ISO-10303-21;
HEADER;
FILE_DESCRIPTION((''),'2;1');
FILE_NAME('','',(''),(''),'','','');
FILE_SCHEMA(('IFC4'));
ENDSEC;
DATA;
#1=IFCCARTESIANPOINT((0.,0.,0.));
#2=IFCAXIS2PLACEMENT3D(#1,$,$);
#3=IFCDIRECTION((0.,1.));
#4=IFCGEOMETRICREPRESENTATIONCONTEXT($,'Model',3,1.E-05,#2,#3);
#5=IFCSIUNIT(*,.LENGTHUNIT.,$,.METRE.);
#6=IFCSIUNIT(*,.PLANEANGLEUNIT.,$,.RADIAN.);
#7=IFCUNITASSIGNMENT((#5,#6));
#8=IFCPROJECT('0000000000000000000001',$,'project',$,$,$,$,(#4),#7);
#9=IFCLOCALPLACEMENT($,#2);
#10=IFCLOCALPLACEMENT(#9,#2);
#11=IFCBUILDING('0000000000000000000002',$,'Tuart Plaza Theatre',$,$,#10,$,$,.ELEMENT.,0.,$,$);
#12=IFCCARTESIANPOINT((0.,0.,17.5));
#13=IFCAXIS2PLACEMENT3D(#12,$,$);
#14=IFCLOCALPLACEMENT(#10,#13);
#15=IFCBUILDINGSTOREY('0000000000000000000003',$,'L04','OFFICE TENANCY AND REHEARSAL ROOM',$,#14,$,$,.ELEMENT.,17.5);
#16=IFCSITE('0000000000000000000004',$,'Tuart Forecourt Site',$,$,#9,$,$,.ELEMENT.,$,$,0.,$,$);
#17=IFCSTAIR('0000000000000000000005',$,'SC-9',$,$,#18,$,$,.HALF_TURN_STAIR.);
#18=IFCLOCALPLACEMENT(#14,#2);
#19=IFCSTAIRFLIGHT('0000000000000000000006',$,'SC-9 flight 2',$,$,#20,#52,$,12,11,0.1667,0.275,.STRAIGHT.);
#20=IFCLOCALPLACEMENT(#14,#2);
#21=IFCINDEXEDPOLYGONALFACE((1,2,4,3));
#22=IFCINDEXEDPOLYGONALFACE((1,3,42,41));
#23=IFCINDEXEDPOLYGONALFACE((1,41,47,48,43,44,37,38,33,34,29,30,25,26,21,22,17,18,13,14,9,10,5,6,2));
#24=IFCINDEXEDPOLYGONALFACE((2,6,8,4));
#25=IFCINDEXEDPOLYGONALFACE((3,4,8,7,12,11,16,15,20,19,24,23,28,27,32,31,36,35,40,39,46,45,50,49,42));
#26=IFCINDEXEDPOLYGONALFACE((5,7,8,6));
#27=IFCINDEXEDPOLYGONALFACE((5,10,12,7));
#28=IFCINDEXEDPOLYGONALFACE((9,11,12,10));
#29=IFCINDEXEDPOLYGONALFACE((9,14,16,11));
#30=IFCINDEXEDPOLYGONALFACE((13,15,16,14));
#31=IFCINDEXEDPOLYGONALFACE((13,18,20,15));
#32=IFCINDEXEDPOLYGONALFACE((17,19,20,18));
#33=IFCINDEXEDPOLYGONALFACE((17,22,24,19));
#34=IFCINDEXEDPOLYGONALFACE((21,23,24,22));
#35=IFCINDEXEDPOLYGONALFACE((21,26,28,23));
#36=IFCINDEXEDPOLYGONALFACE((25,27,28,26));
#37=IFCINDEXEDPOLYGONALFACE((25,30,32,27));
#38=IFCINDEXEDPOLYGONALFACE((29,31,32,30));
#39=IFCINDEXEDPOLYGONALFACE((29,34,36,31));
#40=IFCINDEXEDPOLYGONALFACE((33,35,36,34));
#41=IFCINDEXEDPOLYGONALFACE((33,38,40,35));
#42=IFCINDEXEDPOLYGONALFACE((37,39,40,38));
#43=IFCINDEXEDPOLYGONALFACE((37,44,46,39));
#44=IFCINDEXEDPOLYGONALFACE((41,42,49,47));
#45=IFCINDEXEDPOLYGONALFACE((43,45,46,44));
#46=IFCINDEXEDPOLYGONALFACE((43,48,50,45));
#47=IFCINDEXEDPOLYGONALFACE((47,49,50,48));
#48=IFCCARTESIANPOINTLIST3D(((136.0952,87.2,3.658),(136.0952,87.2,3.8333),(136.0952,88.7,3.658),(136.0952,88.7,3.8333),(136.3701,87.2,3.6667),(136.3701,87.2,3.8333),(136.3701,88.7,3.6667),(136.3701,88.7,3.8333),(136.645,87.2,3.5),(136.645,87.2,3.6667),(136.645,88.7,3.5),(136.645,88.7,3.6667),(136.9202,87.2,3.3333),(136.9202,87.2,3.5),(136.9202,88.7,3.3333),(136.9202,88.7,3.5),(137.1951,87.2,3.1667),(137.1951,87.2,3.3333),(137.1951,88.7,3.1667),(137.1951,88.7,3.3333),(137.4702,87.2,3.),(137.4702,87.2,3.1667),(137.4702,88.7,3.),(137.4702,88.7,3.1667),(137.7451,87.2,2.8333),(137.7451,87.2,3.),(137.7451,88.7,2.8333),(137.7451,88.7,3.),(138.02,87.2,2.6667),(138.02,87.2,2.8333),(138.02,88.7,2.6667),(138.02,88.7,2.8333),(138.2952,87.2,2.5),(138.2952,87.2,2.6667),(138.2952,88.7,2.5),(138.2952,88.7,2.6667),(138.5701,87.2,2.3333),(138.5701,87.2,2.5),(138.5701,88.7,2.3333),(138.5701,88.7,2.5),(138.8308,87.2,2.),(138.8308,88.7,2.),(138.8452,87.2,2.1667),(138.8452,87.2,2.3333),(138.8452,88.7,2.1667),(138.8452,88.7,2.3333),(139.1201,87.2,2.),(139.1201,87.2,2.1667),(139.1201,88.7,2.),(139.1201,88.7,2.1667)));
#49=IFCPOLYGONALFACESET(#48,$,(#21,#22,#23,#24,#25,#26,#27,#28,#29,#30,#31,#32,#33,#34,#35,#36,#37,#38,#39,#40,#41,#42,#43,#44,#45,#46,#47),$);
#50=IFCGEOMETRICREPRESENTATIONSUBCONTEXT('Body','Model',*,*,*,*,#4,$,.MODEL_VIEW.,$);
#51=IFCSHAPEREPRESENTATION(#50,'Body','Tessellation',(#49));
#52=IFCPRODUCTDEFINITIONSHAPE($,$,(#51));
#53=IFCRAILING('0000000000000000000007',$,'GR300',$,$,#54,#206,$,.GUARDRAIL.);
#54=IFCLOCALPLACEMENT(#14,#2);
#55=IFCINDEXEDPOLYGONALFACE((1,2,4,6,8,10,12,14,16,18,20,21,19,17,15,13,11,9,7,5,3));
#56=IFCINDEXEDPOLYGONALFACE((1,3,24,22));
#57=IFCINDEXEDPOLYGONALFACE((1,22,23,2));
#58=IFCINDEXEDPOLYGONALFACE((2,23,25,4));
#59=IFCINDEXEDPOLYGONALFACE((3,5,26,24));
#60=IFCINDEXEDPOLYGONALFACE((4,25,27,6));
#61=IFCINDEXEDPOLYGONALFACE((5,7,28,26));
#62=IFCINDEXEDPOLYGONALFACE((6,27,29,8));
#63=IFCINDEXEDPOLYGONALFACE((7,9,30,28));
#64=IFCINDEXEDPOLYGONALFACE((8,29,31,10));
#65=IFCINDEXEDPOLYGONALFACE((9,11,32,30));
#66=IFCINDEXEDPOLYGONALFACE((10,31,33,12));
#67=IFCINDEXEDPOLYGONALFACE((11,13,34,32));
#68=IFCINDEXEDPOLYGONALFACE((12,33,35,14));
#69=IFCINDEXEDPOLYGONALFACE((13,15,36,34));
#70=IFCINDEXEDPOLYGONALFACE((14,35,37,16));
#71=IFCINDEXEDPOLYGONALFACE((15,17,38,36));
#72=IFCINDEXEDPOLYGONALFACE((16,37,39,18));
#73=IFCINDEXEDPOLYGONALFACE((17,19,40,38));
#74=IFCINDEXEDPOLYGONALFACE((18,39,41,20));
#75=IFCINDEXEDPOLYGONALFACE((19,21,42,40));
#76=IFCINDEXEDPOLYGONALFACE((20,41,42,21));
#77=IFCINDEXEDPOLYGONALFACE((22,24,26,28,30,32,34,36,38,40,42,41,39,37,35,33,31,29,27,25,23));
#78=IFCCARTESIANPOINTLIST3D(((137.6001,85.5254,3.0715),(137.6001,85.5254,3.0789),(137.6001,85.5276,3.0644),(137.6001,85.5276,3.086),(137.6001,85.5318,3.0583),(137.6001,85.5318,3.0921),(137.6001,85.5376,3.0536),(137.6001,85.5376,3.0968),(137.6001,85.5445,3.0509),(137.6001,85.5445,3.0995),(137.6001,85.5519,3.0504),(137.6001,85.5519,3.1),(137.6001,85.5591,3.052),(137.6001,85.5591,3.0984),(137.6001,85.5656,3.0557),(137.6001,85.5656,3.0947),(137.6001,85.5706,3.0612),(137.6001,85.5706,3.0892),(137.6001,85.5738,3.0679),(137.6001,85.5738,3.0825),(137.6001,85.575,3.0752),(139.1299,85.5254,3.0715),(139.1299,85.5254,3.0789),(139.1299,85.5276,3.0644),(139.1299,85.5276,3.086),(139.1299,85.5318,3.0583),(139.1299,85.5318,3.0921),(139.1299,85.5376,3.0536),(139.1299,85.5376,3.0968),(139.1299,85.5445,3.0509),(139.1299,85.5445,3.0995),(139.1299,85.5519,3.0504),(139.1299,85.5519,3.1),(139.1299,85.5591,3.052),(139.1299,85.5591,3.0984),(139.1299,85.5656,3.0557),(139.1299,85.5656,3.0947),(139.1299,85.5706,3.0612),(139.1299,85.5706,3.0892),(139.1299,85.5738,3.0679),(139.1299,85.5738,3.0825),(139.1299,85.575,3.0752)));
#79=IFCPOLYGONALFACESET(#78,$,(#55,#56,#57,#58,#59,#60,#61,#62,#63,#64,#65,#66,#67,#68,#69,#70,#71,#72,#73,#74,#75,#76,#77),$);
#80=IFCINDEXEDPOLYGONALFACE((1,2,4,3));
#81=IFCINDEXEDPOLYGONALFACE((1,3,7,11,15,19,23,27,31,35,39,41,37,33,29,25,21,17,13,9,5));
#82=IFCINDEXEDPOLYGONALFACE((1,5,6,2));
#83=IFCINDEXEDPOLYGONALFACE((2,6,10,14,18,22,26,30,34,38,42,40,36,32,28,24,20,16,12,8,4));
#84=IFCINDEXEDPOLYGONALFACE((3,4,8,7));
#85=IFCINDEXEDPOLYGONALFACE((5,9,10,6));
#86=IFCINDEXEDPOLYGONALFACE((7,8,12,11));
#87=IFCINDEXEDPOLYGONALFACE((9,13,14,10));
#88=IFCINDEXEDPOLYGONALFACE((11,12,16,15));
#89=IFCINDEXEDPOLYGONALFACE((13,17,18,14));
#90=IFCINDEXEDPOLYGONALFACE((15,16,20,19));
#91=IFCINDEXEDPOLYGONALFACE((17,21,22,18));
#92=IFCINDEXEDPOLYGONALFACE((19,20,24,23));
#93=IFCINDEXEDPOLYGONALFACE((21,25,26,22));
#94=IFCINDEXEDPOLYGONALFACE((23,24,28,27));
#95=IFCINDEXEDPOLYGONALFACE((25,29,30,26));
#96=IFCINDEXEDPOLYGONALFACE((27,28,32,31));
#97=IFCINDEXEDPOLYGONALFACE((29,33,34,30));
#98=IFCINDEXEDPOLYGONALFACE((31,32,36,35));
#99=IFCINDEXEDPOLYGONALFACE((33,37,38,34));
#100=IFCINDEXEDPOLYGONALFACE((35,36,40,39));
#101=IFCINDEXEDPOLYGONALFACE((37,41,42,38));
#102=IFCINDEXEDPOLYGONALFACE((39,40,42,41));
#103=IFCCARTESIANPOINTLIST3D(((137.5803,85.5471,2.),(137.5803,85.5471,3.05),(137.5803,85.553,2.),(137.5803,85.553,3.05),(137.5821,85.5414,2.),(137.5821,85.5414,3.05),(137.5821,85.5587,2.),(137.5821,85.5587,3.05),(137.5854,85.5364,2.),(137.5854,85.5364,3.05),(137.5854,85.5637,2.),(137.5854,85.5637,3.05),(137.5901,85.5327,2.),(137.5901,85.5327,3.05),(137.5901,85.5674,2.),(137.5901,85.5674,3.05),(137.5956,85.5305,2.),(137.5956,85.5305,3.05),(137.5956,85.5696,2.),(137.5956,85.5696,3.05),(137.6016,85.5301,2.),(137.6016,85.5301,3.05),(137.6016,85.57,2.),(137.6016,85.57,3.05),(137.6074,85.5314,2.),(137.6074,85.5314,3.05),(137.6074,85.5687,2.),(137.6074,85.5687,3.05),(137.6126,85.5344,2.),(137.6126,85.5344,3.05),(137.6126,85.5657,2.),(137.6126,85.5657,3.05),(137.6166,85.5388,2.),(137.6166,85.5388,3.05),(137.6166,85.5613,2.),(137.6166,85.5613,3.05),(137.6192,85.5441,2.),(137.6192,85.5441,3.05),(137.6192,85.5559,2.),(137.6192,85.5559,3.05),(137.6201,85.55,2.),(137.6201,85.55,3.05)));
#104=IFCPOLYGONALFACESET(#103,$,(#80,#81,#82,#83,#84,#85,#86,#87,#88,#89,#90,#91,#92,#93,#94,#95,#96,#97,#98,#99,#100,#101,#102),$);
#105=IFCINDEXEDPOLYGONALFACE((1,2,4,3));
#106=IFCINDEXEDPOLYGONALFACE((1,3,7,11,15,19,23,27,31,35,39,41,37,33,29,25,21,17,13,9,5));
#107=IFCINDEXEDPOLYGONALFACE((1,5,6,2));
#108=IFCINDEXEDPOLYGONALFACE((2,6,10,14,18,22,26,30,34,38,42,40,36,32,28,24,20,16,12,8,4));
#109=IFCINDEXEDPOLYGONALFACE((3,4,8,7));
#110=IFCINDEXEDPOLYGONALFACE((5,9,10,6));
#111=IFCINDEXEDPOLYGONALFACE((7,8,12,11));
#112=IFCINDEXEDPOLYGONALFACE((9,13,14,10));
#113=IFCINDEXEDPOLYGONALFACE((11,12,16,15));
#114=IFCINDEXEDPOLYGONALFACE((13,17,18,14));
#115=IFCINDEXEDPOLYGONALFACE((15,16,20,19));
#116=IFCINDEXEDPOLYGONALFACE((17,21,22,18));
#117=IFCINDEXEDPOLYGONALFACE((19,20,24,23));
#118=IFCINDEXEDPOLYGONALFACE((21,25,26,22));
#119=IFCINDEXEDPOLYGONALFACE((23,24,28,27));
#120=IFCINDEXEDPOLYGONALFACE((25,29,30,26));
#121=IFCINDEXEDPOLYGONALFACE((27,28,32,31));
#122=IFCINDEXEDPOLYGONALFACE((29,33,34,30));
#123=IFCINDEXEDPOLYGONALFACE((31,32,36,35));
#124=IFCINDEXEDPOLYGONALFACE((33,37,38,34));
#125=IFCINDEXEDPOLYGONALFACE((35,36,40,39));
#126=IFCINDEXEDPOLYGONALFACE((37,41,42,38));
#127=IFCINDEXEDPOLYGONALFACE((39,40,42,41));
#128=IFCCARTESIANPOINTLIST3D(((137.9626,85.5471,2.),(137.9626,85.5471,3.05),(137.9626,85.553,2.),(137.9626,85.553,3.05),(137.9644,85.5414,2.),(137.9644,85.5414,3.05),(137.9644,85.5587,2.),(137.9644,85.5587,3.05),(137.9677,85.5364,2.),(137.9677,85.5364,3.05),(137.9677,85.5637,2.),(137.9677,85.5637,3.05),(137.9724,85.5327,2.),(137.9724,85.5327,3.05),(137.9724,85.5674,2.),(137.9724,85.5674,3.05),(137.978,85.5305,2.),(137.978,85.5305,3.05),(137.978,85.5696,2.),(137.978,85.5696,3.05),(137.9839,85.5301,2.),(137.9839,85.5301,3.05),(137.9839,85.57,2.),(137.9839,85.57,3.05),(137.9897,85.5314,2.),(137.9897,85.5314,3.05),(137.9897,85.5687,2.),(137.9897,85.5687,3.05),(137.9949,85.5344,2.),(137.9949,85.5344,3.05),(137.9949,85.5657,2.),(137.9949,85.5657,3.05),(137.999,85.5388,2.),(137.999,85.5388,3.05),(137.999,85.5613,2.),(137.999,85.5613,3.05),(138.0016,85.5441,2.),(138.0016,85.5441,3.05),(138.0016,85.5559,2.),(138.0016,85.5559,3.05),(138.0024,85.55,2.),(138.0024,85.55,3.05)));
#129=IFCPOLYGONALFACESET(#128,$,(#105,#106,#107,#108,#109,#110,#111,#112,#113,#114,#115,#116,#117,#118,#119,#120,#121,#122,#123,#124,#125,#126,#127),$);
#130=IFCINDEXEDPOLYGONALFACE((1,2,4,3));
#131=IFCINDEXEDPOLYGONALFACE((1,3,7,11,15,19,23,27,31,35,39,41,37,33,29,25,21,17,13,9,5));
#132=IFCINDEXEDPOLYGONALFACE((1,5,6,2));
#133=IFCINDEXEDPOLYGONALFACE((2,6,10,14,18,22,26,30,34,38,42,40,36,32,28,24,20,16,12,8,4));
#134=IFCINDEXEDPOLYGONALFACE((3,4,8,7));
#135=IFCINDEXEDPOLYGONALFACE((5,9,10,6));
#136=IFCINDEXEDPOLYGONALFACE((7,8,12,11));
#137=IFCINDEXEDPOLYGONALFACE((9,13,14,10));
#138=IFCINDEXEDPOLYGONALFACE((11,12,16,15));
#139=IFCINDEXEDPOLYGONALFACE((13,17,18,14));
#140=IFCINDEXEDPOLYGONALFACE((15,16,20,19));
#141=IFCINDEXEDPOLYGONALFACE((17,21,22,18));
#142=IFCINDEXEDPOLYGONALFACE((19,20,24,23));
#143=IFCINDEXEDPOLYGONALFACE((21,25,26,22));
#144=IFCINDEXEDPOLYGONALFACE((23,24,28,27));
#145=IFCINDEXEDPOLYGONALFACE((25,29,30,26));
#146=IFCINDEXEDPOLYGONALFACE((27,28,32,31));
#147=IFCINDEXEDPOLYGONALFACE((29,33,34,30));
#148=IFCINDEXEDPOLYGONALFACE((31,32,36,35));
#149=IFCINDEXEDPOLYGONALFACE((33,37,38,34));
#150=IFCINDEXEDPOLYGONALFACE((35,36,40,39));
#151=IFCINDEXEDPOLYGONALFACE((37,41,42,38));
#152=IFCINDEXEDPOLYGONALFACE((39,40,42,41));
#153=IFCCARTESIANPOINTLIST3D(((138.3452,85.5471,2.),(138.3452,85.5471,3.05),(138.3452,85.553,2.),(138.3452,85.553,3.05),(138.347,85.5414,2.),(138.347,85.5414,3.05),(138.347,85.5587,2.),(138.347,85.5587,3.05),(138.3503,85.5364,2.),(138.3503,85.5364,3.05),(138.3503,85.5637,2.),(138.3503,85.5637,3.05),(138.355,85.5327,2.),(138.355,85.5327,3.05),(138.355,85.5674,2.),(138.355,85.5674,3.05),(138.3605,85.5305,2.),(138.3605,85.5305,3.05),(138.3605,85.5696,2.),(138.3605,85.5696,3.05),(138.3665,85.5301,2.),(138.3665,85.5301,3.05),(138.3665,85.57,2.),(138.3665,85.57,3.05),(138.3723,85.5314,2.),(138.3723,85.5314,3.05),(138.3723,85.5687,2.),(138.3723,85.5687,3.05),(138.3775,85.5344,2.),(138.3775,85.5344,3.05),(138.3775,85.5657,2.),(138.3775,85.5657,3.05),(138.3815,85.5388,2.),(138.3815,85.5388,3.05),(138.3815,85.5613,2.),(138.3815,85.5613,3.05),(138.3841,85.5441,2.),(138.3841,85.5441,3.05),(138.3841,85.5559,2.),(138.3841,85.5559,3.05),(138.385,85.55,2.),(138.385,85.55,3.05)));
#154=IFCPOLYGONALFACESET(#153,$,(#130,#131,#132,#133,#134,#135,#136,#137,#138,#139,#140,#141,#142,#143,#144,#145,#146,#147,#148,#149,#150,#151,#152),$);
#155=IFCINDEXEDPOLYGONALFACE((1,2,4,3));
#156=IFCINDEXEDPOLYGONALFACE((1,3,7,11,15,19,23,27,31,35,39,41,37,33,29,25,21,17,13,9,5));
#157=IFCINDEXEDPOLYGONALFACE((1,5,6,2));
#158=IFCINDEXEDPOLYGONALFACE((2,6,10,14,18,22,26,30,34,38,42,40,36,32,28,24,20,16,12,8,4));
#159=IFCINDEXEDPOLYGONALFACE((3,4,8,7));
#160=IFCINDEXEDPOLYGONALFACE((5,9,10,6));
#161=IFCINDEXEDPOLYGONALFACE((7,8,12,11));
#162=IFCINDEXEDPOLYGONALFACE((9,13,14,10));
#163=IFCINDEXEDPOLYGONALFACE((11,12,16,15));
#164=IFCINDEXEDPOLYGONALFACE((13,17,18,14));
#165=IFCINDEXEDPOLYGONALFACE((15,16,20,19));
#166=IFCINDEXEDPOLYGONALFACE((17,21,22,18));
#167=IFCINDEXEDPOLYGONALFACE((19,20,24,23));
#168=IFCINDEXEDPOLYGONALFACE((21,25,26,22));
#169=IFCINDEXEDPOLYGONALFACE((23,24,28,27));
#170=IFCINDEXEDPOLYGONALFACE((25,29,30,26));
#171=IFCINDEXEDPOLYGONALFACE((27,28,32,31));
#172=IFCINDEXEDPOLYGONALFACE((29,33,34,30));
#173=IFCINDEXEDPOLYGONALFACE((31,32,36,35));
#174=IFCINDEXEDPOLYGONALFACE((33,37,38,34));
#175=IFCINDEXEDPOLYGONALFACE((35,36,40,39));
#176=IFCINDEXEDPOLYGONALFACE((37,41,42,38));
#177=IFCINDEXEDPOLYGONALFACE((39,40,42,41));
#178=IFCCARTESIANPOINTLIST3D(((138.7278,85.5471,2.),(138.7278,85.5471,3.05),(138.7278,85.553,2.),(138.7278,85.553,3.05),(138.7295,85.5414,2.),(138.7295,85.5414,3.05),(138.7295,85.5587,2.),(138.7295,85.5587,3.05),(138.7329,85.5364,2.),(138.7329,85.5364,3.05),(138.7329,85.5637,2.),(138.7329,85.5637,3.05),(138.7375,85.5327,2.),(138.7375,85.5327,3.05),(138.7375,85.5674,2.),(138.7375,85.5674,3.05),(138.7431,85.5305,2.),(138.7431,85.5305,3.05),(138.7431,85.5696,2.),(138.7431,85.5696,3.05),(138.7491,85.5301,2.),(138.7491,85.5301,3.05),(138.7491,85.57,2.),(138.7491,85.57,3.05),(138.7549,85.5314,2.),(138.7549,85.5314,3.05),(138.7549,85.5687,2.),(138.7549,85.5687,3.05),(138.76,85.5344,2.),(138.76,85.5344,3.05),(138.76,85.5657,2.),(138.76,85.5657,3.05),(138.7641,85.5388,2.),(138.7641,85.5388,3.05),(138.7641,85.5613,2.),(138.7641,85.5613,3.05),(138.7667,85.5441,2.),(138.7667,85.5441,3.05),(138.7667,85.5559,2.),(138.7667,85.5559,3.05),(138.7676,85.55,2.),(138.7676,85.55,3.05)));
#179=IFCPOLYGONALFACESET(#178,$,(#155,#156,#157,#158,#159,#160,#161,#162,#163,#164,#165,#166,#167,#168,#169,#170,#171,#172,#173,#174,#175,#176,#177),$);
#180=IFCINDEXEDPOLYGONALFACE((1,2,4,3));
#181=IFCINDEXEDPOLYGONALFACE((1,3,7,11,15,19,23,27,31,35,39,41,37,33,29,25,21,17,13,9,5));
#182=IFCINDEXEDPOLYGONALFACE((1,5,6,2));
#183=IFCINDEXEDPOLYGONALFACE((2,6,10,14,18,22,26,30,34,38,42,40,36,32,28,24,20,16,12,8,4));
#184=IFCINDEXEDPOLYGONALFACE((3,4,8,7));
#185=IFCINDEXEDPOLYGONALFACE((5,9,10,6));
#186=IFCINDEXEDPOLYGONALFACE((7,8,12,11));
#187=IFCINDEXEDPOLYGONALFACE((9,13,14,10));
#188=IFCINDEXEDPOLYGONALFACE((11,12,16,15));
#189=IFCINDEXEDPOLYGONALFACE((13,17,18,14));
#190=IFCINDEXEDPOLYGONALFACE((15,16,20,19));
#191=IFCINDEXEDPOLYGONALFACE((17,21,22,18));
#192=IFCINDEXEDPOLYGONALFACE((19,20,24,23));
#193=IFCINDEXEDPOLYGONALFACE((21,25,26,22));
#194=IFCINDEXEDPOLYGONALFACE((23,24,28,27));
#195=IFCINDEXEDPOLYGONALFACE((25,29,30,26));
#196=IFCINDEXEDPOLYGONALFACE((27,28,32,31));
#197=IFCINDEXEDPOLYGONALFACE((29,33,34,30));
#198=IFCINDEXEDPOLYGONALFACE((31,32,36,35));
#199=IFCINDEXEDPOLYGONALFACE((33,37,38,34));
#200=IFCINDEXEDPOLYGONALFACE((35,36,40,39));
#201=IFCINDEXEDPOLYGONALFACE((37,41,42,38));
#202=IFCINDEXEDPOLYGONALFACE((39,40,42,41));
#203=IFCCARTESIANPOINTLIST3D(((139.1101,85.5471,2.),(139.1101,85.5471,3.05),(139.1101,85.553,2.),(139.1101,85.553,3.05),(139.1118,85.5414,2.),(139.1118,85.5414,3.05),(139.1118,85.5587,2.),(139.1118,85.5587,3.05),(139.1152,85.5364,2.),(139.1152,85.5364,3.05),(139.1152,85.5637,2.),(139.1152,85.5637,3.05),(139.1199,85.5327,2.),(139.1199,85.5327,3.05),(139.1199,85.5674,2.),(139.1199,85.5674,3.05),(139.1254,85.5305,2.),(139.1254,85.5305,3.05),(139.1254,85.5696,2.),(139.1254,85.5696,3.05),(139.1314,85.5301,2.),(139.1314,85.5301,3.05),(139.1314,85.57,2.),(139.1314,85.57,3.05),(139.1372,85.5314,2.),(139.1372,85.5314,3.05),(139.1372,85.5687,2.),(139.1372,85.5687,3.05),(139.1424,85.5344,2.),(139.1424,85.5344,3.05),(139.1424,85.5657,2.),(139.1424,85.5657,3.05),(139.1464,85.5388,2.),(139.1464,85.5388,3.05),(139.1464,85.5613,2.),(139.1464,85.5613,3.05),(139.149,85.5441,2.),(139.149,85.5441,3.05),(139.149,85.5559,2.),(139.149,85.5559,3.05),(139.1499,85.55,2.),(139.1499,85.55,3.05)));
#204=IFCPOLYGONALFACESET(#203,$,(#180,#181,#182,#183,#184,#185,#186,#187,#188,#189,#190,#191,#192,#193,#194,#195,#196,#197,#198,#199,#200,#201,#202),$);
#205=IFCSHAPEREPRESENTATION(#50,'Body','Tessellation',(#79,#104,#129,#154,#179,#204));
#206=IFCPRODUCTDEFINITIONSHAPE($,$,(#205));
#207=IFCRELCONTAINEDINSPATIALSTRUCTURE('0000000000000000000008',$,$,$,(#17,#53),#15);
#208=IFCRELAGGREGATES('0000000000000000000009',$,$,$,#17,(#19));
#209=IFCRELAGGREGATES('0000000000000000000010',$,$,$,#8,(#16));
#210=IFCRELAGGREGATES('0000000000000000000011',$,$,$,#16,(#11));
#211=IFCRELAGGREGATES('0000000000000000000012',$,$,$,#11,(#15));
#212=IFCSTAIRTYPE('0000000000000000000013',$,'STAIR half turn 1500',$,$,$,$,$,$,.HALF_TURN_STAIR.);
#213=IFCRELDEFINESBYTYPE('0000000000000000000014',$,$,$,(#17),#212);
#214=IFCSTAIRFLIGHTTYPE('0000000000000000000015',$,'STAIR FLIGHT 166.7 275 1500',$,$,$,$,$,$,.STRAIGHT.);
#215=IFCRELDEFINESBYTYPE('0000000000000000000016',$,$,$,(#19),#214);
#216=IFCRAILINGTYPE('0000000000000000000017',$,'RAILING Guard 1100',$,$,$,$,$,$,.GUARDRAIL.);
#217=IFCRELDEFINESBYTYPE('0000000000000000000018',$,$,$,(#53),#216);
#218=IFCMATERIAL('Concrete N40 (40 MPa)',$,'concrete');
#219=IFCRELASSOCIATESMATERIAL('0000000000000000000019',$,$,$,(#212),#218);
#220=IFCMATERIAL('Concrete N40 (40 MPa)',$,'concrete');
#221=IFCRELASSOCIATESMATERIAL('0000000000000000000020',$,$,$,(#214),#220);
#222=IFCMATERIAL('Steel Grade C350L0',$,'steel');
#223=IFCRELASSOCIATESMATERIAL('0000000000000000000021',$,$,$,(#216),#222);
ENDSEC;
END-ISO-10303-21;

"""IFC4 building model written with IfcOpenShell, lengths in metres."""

from ifc_helpers import new_model, si_unit, direction, frame, origin, origin_2d, place, context, subcontext, project, spatial, polyline, circle, outline, extrude, material, type_object, element, aggregate, save


model = new_model("IFC4")

# Units and contexts
model_context = context("Model", 3, precision=1e-05, world=origin(), true_north=direction((0.0, 1.0)))
body_context = subcontext(model_context, "Body", "Model", "MODEL_VIEW")
ifc_project = project(units=[si_unit("LENGTHUNIT", "METRE"), si_unit("PLANEANGLEUNIT", "RADIAN")], contexts=[model_context])

# Site, building, storey
site_placement = place(None, origin())
site = spatial("IfcSite", under=ifc_project, at=site_placement, Name="Tuart Forecourt Site", CompositionType="ELEMENT", RefElevation=0.0)
building_placement = place(site_placement, origin())
building = spatial("IfcBuilding", under=site, at=building_placement, Name="Tuart Plaza Theatre", CompositionType="ELEMENT", ElevationOfRefHeight=0.0)
storey_placement = place(building_placement, frame((0.0, 0.0, 17.5)))
storey = spatial("IfcBuildingStorey", under=building, at=storey_placement, Name="L04", Description="OFFICE TENANCY AND REHEARSAL ROOM", CompositionType="ELEMENT", Elevation=17.5)

# Stair, stair flight
ifc_material_1 = material(Name="Concrete N40 (40 MPa)", Category="concrete")
stair_type = type_object("IfcStairType", Name="STAIR half turn 1500", PredefinedType="HALF_TURN_STAIR", material=ifc_material_1)
stair_placement = place(storey_placement, origin())
stair = element("IfcStair", 1, at=stair_placement, inside=storey, type_object=stair_type, Name="SC-9", PredefinedType="HALF_TURN_STAIR")
ifc_material_2 = material(Name="Concrete N40 (40 MPa)", Category="concrete")
stair_flight_type = type_object("IfcStairFlightType", Name="STAIR FLIGHT 166.7 275 1500", PredefinedType="STRAIGHT", material=ifc_material_2)
stair_flight_placement = place(storey_placement, frame((139.1201, 87.95, 2.0), z_axis=(0.0, 0.0, 1.0), x_axis=(-1.0, 0.0, 0.0)))
stair_flight = element("IfcStairFlight", 2, at=stair_flight_placement, type_object=stair_flight_type, Name="SC-9 flight 2", NumberOfRisers=12, NumberOfTreads=11, PredefinedType="STRAIGHT", RiserHeight=0.1667, TreadLength=0.275, context=body_context, shape_type="SweptSolid", body=[
    extrude(outline(polyline([(0.0, 0.0), (0.0, 0.1667), (0.2749, 0.1667), (0.2749, 0.3333), (0.55, 0.3333), (0.55, 0.5), (0.825, 0.5), (0.825, 0.6667), (1.1001, 0.6667), (1.1001, 0.8333), (1.375, 0.8333), (1.375, 1.0), (1.6499, 1.0), (1.6499, 1.1667), (1.925, 1.1667), (1.925, 1.3333), (2.2, 1.3333), (2.2, 1.5), (2.4751, 1.5), (2.4751, 1.6667), (2.75, 1.6667), (2.75, 1.8333), (3.0249, 1.8333), (3.0249, 2.0), (3.0249, 1.658), (0.2893, 0.0), (0.0, 0.0)])), frame((0.0, 0.75, 0.0), z_axis=(0.0, -1.0, 0.0), x_axis=(1.0, 0.0, 0.0)), (0.0, 0.0, 1.0), 1.5),
])
aggregate(stair, [stair_flight])

# Railing
ifc_material_3 = material(Name="Steel Grade C350L0", Category="steel")
railing_type_1 = type_object("IfcRailingType", Name="RAILING Guard 1100", PredefinedType="GUARDRAIL", material=ifc_material_3)
railing_1_placement = place(storey_placement, frame((137.6001, 85.55, 2.0)))
element("IfcRailing", 3, at=railing_1_placement, inside=storey, type_object=railing_type_1, Name="GR300", PredefinedType="GUARDRAIL", context=body_context, shape_type="SweptSolid", body=[
    extrude(circle(Radius=0.0249, at=origin_2d()), frame((0.0, 0.0, 1.0752), z_axis=(1.0, 0.0, 0.0), x_axis=(0.0, 1.0, 0.0)), (0.0, 0.0, 1.0), 1.5298),
    extrude(circle(Radius=0.02, at=origin_2d()), origin(), (0.0, 0.0, 1.0), 1.05),
    extrude(circle(Radius=0.02, at=origin_2d()), frame((0.3823, 0.0, 0.0)), (0.0, 0.0, 1.0), 1.05),
    extrude(circle(Radius=0.02, at=origin_2d()), frame((0.7649, 0.0, 0.0)), (0.0, 0.0, 1.0), 1.05),
    extrude(circle(Radius=0.02, at=origin_2d()), frame((1.1475, 0.0, 0.0)), (0.0, 0.0, 1.0), 1.05),
    extrude(circle(Radius=0.02, at=origin_2d()), frame((1.5298, 0.0, 0.0)), (0.0, 0.0, 1.0), 1.05),
])

save(model, "model.ifc")
